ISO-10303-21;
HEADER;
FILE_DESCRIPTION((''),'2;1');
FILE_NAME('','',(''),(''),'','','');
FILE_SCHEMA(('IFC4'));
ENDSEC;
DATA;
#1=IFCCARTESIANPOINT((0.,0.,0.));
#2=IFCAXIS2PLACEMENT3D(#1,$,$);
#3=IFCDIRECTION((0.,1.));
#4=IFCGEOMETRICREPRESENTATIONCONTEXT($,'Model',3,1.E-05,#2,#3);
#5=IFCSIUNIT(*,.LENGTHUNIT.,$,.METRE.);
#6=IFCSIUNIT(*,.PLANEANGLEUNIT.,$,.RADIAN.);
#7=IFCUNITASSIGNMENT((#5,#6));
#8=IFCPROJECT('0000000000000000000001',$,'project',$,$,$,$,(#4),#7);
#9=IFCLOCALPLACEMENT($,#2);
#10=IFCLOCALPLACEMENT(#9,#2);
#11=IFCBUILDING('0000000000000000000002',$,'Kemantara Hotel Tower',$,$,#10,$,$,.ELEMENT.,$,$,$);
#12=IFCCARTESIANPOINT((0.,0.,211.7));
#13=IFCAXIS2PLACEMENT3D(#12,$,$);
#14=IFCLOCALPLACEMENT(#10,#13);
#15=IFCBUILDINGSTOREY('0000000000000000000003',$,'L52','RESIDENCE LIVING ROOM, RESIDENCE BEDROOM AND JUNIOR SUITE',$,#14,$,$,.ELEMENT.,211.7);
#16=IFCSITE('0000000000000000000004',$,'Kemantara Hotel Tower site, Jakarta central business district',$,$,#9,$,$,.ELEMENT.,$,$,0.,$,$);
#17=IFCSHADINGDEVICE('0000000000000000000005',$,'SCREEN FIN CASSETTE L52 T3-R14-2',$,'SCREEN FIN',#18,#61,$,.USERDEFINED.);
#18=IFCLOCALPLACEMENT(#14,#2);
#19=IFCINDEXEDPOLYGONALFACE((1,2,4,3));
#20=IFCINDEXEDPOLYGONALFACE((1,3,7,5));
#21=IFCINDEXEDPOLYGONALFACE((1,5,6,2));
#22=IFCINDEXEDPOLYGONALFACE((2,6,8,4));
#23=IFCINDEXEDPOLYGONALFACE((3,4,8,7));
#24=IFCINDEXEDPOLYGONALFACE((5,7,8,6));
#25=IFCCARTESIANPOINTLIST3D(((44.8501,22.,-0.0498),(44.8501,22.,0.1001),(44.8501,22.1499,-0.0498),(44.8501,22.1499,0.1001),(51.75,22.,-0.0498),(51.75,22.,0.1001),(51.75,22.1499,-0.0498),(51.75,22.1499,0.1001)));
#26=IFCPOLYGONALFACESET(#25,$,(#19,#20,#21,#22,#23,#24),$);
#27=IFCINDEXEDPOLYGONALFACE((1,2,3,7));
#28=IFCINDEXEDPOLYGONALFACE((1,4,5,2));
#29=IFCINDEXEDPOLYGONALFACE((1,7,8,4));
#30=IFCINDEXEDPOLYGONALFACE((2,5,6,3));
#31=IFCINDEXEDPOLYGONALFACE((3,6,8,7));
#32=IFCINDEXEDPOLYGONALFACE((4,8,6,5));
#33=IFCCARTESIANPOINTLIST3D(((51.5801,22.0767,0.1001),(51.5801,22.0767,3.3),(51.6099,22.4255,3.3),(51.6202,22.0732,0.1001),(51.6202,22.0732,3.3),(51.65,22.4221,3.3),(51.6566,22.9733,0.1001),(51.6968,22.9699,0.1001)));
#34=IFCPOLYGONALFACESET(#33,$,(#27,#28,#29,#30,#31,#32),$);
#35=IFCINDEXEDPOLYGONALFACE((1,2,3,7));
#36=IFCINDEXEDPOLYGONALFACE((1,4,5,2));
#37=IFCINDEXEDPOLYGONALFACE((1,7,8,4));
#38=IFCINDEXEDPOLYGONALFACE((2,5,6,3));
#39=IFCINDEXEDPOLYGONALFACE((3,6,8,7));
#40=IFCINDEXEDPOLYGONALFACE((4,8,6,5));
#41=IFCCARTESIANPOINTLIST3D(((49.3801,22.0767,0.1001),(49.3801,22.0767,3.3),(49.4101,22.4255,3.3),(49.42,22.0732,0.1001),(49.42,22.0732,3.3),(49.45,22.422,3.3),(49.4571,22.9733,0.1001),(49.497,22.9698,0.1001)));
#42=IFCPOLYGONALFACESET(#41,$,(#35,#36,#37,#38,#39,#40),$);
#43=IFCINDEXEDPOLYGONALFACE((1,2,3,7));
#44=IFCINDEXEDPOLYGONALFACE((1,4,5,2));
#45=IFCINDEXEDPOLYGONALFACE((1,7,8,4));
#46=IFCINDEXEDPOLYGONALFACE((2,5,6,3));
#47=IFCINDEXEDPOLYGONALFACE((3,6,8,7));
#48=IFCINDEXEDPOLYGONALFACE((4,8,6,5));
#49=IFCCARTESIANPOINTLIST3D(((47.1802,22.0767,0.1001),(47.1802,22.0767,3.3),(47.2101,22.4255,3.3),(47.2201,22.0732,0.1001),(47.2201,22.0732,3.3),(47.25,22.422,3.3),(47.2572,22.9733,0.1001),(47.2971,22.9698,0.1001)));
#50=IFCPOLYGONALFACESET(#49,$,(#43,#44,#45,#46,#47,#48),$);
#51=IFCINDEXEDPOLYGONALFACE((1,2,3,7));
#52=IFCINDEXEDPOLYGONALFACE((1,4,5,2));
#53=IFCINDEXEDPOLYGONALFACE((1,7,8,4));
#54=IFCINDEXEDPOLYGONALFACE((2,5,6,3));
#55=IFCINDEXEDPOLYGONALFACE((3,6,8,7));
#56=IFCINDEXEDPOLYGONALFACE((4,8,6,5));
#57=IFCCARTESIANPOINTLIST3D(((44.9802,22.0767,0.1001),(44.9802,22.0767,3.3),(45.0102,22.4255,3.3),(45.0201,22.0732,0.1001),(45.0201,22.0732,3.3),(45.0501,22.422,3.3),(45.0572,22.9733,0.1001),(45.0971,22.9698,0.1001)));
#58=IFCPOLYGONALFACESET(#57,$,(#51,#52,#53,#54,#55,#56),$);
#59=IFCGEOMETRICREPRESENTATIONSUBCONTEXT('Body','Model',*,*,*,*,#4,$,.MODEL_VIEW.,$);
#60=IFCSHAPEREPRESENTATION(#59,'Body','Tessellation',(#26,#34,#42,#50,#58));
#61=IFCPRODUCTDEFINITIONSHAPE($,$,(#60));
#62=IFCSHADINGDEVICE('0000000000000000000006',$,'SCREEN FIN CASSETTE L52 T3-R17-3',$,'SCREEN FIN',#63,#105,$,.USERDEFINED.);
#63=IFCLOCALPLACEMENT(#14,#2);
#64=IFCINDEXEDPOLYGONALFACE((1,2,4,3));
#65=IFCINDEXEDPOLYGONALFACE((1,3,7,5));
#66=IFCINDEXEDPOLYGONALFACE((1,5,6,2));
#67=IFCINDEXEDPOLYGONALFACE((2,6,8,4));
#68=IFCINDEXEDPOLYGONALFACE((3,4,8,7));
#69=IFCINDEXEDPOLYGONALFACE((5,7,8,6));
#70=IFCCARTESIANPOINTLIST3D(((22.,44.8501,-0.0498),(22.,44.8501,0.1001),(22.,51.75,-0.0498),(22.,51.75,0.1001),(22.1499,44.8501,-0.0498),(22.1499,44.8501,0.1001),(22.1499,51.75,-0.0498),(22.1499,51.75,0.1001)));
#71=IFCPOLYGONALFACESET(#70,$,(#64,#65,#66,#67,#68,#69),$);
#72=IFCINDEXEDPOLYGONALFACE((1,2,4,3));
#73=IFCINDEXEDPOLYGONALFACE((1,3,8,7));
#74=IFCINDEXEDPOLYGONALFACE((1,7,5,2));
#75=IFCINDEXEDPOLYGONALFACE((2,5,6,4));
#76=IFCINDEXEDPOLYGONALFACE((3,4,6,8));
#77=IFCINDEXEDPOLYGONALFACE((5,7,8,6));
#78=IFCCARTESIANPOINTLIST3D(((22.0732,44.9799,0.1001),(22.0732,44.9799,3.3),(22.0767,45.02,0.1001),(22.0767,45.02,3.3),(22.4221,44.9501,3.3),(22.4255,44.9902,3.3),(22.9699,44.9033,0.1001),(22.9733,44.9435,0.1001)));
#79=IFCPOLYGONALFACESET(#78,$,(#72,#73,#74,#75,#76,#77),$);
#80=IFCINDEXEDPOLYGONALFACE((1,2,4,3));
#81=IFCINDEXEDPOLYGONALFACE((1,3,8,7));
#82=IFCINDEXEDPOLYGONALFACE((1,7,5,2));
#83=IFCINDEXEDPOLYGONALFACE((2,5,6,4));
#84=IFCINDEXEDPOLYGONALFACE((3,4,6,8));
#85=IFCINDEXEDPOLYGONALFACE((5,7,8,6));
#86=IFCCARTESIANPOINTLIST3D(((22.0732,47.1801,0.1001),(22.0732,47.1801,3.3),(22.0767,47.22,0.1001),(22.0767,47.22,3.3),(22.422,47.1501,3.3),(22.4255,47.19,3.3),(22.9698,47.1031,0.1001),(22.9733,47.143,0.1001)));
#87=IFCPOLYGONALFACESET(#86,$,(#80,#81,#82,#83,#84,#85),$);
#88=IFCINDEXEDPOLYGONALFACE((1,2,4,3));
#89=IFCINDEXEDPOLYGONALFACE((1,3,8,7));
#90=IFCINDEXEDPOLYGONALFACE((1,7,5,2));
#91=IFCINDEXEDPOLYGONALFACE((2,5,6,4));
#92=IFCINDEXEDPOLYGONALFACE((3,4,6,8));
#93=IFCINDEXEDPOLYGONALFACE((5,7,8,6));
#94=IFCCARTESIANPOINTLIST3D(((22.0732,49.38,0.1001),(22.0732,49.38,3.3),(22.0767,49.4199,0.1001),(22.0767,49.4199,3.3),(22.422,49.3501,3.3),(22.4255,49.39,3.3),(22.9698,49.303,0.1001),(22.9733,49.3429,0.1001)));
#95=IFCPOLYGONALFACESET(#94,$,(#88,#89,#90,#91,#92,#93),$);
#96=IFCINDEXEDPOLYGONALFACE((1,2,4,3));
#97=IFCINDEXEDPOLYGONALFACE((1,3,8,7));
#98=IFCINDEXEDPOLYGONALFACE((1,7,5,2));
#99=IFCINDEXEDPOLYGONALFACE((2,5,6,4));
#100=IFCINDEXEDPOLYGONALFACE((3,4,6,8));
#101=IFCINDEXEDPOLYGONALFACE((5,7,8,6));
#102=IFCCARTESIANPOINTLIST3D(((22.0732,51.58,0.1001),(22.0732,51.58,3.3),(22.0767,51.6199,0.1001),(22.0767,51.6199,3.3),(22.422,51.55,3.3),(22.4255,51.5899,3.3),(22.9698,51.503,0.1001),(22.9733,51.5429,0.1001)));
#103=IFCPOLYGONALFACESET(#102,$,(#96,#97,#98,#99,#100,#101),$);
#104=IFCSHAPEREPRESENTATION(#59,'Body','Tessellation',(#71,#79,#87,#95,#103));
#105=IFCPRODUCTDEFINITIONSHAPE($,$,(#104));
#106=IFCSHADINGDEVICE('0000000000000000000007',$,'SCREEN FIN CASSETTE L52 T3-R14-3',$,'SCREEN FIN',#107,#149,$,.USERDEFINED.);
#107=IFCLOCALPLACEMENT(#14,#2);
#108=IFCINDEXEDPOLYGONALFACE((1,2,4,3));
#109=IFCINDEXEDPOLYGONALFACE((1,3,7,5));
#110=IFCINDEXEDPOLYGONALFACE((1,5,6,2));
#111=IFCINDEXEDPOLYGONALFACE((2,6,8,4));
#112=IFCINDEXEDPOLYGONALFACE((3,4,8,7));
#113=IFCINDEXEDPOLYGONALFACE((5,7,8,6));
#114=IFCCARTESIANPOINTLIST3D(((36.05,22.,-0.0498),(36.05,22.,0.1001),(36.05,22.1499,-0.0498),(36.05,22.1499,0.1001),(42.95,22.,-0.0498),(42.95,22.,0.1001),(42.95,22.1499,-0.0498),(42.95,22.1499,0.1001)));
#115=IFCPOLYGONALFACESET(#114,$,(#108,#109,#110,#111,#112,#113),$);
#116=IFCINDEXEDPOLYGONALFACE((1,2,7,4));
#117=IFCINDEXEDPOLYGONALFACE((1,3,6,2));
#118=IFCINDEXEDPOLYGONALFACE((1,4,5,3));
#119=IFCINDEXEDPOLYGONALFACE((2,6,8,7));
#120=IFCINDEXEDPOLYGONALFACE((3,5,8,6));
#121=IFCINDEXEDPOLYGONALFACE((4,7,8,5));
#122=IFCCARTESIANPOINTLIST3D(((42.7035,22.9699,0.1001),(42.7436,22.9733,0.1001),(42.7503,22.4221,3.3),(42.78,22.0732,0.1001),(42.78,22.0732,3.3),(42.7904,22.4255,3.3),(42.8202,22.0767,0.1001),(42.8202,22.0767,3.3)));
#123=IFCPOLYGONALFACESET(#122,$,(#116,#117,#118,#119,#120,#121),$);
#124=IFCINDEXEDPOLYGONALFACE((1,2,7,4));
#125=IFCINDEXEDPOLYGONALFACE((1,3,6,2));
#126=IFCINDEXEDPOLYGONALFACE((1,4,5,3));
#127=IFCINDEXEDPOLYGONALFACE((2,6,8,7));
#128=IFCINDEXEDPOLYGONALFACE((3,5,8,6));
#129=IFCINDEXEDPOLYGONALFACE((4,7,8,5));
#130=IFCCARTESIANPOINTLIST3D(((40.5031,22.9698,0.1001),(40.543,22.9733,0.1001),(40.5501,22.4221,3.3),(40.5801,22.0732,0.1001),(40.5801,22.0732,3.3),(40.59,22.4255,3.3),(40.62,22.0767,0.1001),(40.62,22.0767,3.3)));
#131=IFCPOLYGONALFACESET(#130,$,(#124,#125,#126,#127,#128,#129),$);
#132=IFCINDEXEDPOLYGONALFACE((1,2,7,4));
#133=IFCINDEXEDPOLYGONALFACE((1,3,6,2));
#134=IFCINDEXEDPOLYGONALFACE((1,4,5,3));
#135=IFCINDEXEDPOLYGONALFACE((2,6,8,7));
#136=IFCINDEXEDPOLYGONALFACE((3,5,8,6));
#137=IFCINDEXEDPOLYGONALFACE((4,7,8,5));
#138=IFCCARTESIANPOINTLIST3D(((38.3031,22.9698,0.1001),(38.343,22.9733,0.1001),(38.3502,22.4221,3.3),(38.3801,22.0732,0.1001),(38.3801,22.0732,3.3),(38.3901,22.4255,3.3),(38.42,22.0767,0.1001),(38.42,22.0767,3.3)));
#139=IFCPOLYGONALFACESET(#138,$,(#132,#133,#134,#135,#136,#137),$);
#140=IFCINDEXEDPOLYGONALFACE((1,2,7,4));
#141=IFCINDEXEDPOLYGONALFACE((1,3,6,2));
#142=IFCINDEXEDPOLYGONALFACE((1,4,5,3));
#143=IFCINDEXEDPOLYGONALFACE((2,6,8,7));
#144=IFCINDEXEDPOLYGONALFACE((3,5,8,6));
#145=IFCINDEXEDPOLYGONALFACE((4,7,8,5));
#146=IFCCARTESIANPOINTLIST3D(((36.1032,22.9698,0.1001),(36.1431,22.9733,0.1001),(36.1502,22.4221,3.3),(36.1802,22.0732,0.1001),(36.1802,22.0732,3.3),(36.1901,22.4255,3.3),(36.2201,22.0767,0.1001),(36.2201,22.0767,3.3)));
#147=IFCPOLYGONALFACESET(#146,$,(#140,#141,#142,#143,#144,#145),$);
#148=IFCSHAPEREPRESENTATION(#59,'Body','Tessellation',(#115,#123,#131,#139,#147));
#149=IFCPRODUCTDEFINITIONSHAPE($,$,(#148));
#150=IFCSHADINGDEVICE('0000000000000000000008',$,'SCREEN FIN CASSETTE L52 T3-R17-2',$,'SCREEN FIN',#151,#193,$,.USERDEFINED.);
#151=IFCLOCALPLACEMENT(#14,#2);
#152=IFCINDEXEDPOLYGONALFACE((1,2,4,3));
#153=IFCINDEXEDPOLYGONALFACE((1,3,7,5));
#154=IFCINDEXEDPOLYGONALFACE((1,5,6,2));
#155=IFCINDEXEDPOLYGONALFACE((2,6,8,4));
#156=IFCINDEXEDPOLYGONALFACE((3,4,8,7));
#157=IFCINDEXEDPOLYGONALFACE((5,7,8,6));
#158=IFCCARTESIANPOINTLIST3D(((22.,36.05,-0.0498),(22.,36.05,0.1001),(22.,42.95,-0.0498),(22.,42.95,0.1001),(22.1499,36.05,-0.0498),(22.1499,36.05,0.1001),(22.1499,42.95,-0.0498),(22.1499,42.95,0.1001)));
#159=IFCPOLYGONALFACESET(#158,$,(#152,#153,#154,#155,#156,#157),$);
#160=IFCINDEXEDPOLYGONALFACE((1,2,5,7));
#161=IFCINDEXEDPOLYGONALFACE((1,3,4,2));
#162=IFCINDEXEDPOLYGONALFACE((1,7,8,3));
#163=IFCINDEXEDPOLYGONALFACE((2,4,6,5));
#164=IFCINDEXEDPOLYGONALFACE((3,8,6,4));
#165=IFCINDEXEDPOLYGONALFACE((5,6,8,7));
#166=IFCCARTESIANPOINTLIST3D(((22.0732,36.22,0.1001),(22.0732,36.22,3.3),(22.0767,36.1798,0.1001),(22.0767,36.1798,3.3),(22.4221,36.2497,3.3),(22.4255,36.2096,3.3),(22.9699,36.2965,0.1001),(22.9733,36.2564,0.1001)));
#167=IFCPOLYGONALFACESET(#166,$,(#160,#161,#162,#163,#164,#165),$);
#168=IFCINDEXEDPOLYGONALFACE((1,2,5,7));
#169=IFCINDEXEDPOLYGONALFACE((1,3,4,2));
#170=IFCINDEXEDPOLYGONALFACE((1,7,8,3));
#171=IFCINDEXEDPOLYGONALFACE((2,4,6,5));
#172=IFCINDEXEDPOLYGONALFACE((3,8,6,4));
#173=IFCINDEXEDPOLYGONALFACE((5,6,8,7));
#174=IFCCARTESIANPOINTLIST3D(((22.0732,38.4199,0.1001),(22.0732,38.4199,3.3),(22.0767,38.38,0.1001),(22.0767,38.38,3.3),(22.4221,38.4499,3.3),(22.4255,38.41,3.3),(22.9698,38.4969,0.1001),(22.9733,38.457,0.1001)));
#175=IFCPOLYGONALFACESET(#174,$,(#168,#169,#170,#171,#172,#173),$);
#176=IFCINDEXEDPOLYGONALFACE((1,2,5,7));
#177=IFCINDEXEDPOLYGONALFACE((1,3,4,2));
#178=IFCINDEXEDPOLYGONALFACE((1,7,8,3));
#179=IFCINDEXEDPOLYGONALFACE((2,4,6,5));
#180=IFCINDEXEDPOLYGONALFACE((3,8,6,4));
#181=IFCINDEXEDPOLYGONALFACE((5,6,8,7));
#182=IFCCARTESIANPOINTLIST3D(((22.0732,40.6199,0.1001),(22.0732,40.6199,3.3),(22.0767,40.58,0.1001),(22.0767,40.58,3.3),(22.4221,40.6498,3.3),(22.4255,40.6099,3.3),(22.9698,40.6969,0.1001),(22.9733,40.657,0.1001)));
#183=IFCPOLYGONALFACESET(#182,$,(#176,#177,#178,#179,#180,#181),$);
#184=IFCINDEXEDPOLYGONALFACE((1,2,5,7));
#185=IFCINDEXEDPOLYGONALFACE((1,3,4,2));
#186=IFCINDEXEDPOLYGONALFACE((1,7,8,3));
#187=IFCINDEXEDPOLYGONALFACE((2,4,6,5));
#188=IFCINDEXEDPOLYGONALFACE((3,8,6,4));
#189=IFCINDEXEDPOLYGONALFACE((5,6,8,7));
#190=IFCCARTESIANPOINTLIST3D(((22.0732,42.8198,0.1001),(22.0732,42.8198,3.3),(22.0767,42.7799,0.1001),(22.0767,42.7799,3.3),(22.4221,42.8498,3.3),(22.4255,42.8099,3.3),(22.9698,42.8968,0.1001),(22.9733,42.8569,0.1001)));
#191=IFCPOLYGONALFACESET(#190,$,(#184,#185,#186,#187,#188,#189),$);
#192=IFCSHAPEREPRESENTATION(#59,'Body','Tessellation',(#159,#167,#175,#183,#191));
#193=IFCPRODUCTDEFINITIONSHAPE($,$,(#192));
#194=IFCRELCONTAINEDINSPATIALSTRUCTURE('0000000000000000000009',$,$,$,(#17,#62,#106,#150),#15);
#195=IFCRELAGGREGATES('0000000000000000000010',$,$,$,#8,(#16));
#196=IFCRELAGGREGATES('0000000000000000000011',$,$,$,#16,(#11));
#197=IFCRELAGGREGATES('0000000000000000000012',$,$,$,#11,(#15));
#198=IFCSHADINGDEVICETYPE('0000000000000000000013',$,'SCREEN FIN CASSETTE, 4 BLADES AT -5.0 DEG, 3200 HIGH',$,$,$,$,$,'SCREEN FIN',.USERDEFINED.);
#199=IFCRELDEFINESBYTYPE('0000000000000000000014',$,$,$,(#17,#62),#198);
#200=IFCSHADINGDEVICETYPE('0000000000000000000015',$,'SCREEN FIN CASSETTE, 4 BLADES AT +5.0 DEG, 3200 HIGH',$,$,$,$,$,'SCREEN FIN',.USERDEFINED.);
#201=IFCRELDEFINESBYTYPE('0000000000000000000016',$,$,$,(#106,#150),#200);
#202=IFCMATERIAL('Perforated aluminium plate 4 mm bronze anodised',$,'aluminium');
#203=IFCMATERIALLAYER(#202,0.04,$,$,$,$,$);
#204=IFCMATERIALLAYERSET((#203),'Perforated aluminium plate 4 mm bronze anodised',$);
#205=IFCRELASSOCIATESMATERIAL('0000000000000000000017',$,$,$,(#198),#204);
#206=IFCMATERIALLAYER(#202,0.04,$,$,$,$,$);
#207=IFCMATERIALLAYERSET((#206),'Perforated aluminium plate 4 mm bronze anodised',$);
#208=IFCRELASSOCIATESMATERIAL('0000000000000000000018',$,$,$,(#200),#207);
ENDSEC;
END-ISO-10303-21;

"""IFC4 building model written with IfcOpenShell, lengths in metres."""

from ifc_helpers import new_model, si_unit, direction, frame, origin, origin_2d, place, context, subcontext, project, spatial, polyline, rectangle, outline, extrude, source, transform, mapped, material, layer, layer_set, type_object, element, save


model = new_model("IFC4")

# Units and contexts
model_context = context("Model", 3, precision=1e-05, world=origin(), true_north=direction((0.0, 1.0)))
body_context = subcontext(model_context, "Body", "Model", "MODEL_VIEW")
ifc_project = project(units=[si_unit("LENGTHUNIT", "METRE"), si_unit("PLANEANGLEUNIT", "RADIAN")], contexts=[model_context])

# Site, building, storey
site_placement = place(None, origin())
site = spatial("IfcSite", under=ifc_project, at=site_placement, Name="Kemantara Hotel Tower site, Jakarta central business district", CompositionType="ELEMENT", RefElevation=0.0)
building_placement = place(site_placement, origin())
building = spatial("IfcBuilding", under=site, at=building_placement, Name="Kemantara Hotel Tower", CompositionType="ELEMENT")
storey_placement = place(building_placement, frame((0.0, 0.0, 211.7)))
storey = spatial("IfcBuildingStorey", under=building, at=storey_placement, Name="L52", Description="RESIDENCE LIVING ROOM, RESIDENCE BEDROOM AND JUNIOR SUITE", CompositionType="ELEMENT", Elevation=211.7)

# Shading devices
ifc_material_1 = material(Name="Perforated aluminium plate 4 mm bronze anodised", Category="aluminium")
ifc_layer_1 = layer(ifc_material_1, 0.04)
ifc_layer_set_1 = layer_set([ifc_layer_1], Name="Perforated aluminium plate 4 mm bronze anodised")
shading_device_type_1 = type_object("IfcShadingDeviceType", Name="SCREEN FIN CASSETTE, 4 BLADES AT -5.0 DEG, 3200 HIGH", ElementType="SCREEN FIN", PredefinedType="USERDEFINED", material=ifc_layer_set_1)
shared_shape_1 = source(origin(), body_context, "Body", "SweptSolid", [
    extrude(rectangle(XDim=6.8999, YDim=0.1499, at=origin_2d()), frame((3.3, -0.075, -0.1499), z_axis=(0.0, 0.0, 1.0), x_axis=(1.0, 0.0, 0.0)), (0.0, 0.0, 1.0), 0.1499),
    extrude(outline(polyline([(0.0, 0.0), (0.8999, 0.0), (0.3501, 3.2), (0.0, 3.2), (0.0, 0.0)])), frame((0.02, -0.0767, 0.0), z_axis=(-0.996376, 0.085056, 0.0), x_axis=(-0.085056, -0.996376, 0.0)), (0.0, 0.0, 1.0), 0.0403),
    extrude(outline(polyline([(0.0, 0.0), (0.8999, 0.0), (0.3501, 3.2), (0.0, 3.2), (0.0, 0.0)])), frame((2.22, -0.0767, 0.0), z_axis=(-0.996332, 0.085575, 0.0), x_axis=(-0.085575, -0.996332, 0.0)), (0.0, 0.0, 1.0), 0.04),
    extrude(outline(polyline([(0.0, 0.0), (0.8999, 0.0), (0.3501, 3.2), (0.0, 3.2), (0.0, 0.0)])), frame((4.4199, -0.0767, 0.0), z_axis=(-0.996332, 0.085575, 0.0), x_axis=(-0.085575, -0.996332, 0.0)), (0.0, 0.0, 1.0), 0.04),
    extrude(outline(polyline([(0.0, 0.0), (0.8999, 0.0), (0.3501, 3.2), (0.0, 3.2), (0.0, 0.0)])), frame((6.6199, -0.0767, 0.0), z_axis=(-0.996332, 0.085575, 0.0), x_axis=(-0.085575, -0.996332, 0.0)), (0.0, 0.0, 1.0), 0.04),
])
for number, where, z_axis, x_axis, name in (
    (1, (51.6001, 22.0, 0.1001), (0.0, 0.0, 1.0), (-1.0, 0.0, 0.0), "SCREEN FIN CASSETTE L52 T3-R14-2"),
    (2, (22.0, 45.0, 0.1001), (0.0, 0.0, 1.0), (0.0, 1.0, 0.0), "SCREEN FIN CASSETTE L52 T3-R17-3"),
):
    element("IfcShadingDevice", number, at=place(storey_placement, frame(where, z_axis=z_axis, x_axis=x_axis)), inside=storey, type_object=shading_device_type_1, Name=name, ObjectType="SCREEN FIN", PredefinedType="USERDEFINED", context=body_context, shape_type="MappedRepresentation", body=[
        mapped(shared_shape_1, transform((0.0, 0.0, 0.0))),
    ])
ifc_layer_2 = layer(ifc_material_1, 0.04)
ifc_layer_set_2 = layer_set([ifc_layer_2], Name="Perforated aluminium plate 4 mm bronze anodised")
shading_device_type_2 = type_object("IfcShadingDeviceType", Name="SCREEN FIN CASSETTE, 4 BLADES AT +5.0 DEG, 3200 HIGH", ElementType="SCREEN FIN", PredefinedType="USERDEFINED", material=ifc_layer_set_2)
shared_shape_2 = source(origin(), body_context, "Body", "SweptSolid", [
    extrude(rectangle(XDim=6.8999, YDim=0.1499, at=origin_2d()), frame((3.3, -0.075, -0.1499), z_axis=(0.0, 0.0, 1.0), x_axis=(1.0, 0.0, 0.0)), (0.0, 0.0, 1.0), 0.1499),
    extrude(outline(polyline([(0.0, 0.0), (0.8999, 0.0), (0.3501, 3.2), (0.0, 3.2), (0.0, 0.0)])), frame((0.02, -0.0732, 0.0), z_axis=(-0.996376, -0.085056, 0.0), x_axis=(0.085056, -0.996376, 0.0)), (0.0, 0.0, 1.0), 0.0403),
    extrude(outline(polyline([(0.0, 0.0), (0.8999, 0.0), (0.3501, 3.2), (0.0, 3.2), (0.0, 0.0)])), frame((2.22, -0.0732, 0.0), z_axis=(-0.996332, -0.085575, 0.0), x_axis=(0.085575, -0.996332, 0.0)), (0.0, 0.0, 1.0), 0.04),
    extrude(outline(polyline([(0.0, 0.0), (0.8999, 0.0), (0.3501, 3.2), (0.0, 3.2), (0.0, 0.0)])), frame((4.4199, -0.0732, 0.0), z_axis=(-0.996332, -0.085575, 0.0), x_axis=(0.085575, -0.996332, 0.0)), (0.0, 0.0, 1.0), 0.04),
    extrude(outline(polyline([(0.0, 0.0), (0.8999, 0.0), (0.3501, 3.2), (0.0, 3.2), (0.0, 0.0)])), frame((6.6199, -0.0732, 0.0), z_axis=(-0.996332, -0.085575, 0.0), x_axis=(0.085575, -0.996332, 0.0)), (0.0, 0.0, 1.0), 0.04),
])
for number, where, z_axis, x_axis, name in (
    (3, (42.8, 22.0, 0.1001), (0.0, 0.0, 1.0), (-1.0, 0.0, 0.0), "SCREEN FIN CASSETTE L52 T3-R14-3"),
    (4, (22.0, 36.2, 0.1001), (0.0, 0.0, 1.0), (0.0, 1.0, 0.0), "SCREEN FIN CASSETTE L52 T3-R17-2"),
):
    element("IfcShadingDevice", number, at=place(storey_placement, frame(where, z_axis=z_axis, x_axis=x_axis)), inside=storey, type_object=shading_device_type_2, Name=name, ObjectType="SCREEN FIN", PredefinedType="USERDEFINED", context=body_context, shape_type="MappedRepresentation", body=[
        mapped(shared_shape_2, transform((0.0, 0.0, 0.0))),
    ])

save(model, "model.ifc")
